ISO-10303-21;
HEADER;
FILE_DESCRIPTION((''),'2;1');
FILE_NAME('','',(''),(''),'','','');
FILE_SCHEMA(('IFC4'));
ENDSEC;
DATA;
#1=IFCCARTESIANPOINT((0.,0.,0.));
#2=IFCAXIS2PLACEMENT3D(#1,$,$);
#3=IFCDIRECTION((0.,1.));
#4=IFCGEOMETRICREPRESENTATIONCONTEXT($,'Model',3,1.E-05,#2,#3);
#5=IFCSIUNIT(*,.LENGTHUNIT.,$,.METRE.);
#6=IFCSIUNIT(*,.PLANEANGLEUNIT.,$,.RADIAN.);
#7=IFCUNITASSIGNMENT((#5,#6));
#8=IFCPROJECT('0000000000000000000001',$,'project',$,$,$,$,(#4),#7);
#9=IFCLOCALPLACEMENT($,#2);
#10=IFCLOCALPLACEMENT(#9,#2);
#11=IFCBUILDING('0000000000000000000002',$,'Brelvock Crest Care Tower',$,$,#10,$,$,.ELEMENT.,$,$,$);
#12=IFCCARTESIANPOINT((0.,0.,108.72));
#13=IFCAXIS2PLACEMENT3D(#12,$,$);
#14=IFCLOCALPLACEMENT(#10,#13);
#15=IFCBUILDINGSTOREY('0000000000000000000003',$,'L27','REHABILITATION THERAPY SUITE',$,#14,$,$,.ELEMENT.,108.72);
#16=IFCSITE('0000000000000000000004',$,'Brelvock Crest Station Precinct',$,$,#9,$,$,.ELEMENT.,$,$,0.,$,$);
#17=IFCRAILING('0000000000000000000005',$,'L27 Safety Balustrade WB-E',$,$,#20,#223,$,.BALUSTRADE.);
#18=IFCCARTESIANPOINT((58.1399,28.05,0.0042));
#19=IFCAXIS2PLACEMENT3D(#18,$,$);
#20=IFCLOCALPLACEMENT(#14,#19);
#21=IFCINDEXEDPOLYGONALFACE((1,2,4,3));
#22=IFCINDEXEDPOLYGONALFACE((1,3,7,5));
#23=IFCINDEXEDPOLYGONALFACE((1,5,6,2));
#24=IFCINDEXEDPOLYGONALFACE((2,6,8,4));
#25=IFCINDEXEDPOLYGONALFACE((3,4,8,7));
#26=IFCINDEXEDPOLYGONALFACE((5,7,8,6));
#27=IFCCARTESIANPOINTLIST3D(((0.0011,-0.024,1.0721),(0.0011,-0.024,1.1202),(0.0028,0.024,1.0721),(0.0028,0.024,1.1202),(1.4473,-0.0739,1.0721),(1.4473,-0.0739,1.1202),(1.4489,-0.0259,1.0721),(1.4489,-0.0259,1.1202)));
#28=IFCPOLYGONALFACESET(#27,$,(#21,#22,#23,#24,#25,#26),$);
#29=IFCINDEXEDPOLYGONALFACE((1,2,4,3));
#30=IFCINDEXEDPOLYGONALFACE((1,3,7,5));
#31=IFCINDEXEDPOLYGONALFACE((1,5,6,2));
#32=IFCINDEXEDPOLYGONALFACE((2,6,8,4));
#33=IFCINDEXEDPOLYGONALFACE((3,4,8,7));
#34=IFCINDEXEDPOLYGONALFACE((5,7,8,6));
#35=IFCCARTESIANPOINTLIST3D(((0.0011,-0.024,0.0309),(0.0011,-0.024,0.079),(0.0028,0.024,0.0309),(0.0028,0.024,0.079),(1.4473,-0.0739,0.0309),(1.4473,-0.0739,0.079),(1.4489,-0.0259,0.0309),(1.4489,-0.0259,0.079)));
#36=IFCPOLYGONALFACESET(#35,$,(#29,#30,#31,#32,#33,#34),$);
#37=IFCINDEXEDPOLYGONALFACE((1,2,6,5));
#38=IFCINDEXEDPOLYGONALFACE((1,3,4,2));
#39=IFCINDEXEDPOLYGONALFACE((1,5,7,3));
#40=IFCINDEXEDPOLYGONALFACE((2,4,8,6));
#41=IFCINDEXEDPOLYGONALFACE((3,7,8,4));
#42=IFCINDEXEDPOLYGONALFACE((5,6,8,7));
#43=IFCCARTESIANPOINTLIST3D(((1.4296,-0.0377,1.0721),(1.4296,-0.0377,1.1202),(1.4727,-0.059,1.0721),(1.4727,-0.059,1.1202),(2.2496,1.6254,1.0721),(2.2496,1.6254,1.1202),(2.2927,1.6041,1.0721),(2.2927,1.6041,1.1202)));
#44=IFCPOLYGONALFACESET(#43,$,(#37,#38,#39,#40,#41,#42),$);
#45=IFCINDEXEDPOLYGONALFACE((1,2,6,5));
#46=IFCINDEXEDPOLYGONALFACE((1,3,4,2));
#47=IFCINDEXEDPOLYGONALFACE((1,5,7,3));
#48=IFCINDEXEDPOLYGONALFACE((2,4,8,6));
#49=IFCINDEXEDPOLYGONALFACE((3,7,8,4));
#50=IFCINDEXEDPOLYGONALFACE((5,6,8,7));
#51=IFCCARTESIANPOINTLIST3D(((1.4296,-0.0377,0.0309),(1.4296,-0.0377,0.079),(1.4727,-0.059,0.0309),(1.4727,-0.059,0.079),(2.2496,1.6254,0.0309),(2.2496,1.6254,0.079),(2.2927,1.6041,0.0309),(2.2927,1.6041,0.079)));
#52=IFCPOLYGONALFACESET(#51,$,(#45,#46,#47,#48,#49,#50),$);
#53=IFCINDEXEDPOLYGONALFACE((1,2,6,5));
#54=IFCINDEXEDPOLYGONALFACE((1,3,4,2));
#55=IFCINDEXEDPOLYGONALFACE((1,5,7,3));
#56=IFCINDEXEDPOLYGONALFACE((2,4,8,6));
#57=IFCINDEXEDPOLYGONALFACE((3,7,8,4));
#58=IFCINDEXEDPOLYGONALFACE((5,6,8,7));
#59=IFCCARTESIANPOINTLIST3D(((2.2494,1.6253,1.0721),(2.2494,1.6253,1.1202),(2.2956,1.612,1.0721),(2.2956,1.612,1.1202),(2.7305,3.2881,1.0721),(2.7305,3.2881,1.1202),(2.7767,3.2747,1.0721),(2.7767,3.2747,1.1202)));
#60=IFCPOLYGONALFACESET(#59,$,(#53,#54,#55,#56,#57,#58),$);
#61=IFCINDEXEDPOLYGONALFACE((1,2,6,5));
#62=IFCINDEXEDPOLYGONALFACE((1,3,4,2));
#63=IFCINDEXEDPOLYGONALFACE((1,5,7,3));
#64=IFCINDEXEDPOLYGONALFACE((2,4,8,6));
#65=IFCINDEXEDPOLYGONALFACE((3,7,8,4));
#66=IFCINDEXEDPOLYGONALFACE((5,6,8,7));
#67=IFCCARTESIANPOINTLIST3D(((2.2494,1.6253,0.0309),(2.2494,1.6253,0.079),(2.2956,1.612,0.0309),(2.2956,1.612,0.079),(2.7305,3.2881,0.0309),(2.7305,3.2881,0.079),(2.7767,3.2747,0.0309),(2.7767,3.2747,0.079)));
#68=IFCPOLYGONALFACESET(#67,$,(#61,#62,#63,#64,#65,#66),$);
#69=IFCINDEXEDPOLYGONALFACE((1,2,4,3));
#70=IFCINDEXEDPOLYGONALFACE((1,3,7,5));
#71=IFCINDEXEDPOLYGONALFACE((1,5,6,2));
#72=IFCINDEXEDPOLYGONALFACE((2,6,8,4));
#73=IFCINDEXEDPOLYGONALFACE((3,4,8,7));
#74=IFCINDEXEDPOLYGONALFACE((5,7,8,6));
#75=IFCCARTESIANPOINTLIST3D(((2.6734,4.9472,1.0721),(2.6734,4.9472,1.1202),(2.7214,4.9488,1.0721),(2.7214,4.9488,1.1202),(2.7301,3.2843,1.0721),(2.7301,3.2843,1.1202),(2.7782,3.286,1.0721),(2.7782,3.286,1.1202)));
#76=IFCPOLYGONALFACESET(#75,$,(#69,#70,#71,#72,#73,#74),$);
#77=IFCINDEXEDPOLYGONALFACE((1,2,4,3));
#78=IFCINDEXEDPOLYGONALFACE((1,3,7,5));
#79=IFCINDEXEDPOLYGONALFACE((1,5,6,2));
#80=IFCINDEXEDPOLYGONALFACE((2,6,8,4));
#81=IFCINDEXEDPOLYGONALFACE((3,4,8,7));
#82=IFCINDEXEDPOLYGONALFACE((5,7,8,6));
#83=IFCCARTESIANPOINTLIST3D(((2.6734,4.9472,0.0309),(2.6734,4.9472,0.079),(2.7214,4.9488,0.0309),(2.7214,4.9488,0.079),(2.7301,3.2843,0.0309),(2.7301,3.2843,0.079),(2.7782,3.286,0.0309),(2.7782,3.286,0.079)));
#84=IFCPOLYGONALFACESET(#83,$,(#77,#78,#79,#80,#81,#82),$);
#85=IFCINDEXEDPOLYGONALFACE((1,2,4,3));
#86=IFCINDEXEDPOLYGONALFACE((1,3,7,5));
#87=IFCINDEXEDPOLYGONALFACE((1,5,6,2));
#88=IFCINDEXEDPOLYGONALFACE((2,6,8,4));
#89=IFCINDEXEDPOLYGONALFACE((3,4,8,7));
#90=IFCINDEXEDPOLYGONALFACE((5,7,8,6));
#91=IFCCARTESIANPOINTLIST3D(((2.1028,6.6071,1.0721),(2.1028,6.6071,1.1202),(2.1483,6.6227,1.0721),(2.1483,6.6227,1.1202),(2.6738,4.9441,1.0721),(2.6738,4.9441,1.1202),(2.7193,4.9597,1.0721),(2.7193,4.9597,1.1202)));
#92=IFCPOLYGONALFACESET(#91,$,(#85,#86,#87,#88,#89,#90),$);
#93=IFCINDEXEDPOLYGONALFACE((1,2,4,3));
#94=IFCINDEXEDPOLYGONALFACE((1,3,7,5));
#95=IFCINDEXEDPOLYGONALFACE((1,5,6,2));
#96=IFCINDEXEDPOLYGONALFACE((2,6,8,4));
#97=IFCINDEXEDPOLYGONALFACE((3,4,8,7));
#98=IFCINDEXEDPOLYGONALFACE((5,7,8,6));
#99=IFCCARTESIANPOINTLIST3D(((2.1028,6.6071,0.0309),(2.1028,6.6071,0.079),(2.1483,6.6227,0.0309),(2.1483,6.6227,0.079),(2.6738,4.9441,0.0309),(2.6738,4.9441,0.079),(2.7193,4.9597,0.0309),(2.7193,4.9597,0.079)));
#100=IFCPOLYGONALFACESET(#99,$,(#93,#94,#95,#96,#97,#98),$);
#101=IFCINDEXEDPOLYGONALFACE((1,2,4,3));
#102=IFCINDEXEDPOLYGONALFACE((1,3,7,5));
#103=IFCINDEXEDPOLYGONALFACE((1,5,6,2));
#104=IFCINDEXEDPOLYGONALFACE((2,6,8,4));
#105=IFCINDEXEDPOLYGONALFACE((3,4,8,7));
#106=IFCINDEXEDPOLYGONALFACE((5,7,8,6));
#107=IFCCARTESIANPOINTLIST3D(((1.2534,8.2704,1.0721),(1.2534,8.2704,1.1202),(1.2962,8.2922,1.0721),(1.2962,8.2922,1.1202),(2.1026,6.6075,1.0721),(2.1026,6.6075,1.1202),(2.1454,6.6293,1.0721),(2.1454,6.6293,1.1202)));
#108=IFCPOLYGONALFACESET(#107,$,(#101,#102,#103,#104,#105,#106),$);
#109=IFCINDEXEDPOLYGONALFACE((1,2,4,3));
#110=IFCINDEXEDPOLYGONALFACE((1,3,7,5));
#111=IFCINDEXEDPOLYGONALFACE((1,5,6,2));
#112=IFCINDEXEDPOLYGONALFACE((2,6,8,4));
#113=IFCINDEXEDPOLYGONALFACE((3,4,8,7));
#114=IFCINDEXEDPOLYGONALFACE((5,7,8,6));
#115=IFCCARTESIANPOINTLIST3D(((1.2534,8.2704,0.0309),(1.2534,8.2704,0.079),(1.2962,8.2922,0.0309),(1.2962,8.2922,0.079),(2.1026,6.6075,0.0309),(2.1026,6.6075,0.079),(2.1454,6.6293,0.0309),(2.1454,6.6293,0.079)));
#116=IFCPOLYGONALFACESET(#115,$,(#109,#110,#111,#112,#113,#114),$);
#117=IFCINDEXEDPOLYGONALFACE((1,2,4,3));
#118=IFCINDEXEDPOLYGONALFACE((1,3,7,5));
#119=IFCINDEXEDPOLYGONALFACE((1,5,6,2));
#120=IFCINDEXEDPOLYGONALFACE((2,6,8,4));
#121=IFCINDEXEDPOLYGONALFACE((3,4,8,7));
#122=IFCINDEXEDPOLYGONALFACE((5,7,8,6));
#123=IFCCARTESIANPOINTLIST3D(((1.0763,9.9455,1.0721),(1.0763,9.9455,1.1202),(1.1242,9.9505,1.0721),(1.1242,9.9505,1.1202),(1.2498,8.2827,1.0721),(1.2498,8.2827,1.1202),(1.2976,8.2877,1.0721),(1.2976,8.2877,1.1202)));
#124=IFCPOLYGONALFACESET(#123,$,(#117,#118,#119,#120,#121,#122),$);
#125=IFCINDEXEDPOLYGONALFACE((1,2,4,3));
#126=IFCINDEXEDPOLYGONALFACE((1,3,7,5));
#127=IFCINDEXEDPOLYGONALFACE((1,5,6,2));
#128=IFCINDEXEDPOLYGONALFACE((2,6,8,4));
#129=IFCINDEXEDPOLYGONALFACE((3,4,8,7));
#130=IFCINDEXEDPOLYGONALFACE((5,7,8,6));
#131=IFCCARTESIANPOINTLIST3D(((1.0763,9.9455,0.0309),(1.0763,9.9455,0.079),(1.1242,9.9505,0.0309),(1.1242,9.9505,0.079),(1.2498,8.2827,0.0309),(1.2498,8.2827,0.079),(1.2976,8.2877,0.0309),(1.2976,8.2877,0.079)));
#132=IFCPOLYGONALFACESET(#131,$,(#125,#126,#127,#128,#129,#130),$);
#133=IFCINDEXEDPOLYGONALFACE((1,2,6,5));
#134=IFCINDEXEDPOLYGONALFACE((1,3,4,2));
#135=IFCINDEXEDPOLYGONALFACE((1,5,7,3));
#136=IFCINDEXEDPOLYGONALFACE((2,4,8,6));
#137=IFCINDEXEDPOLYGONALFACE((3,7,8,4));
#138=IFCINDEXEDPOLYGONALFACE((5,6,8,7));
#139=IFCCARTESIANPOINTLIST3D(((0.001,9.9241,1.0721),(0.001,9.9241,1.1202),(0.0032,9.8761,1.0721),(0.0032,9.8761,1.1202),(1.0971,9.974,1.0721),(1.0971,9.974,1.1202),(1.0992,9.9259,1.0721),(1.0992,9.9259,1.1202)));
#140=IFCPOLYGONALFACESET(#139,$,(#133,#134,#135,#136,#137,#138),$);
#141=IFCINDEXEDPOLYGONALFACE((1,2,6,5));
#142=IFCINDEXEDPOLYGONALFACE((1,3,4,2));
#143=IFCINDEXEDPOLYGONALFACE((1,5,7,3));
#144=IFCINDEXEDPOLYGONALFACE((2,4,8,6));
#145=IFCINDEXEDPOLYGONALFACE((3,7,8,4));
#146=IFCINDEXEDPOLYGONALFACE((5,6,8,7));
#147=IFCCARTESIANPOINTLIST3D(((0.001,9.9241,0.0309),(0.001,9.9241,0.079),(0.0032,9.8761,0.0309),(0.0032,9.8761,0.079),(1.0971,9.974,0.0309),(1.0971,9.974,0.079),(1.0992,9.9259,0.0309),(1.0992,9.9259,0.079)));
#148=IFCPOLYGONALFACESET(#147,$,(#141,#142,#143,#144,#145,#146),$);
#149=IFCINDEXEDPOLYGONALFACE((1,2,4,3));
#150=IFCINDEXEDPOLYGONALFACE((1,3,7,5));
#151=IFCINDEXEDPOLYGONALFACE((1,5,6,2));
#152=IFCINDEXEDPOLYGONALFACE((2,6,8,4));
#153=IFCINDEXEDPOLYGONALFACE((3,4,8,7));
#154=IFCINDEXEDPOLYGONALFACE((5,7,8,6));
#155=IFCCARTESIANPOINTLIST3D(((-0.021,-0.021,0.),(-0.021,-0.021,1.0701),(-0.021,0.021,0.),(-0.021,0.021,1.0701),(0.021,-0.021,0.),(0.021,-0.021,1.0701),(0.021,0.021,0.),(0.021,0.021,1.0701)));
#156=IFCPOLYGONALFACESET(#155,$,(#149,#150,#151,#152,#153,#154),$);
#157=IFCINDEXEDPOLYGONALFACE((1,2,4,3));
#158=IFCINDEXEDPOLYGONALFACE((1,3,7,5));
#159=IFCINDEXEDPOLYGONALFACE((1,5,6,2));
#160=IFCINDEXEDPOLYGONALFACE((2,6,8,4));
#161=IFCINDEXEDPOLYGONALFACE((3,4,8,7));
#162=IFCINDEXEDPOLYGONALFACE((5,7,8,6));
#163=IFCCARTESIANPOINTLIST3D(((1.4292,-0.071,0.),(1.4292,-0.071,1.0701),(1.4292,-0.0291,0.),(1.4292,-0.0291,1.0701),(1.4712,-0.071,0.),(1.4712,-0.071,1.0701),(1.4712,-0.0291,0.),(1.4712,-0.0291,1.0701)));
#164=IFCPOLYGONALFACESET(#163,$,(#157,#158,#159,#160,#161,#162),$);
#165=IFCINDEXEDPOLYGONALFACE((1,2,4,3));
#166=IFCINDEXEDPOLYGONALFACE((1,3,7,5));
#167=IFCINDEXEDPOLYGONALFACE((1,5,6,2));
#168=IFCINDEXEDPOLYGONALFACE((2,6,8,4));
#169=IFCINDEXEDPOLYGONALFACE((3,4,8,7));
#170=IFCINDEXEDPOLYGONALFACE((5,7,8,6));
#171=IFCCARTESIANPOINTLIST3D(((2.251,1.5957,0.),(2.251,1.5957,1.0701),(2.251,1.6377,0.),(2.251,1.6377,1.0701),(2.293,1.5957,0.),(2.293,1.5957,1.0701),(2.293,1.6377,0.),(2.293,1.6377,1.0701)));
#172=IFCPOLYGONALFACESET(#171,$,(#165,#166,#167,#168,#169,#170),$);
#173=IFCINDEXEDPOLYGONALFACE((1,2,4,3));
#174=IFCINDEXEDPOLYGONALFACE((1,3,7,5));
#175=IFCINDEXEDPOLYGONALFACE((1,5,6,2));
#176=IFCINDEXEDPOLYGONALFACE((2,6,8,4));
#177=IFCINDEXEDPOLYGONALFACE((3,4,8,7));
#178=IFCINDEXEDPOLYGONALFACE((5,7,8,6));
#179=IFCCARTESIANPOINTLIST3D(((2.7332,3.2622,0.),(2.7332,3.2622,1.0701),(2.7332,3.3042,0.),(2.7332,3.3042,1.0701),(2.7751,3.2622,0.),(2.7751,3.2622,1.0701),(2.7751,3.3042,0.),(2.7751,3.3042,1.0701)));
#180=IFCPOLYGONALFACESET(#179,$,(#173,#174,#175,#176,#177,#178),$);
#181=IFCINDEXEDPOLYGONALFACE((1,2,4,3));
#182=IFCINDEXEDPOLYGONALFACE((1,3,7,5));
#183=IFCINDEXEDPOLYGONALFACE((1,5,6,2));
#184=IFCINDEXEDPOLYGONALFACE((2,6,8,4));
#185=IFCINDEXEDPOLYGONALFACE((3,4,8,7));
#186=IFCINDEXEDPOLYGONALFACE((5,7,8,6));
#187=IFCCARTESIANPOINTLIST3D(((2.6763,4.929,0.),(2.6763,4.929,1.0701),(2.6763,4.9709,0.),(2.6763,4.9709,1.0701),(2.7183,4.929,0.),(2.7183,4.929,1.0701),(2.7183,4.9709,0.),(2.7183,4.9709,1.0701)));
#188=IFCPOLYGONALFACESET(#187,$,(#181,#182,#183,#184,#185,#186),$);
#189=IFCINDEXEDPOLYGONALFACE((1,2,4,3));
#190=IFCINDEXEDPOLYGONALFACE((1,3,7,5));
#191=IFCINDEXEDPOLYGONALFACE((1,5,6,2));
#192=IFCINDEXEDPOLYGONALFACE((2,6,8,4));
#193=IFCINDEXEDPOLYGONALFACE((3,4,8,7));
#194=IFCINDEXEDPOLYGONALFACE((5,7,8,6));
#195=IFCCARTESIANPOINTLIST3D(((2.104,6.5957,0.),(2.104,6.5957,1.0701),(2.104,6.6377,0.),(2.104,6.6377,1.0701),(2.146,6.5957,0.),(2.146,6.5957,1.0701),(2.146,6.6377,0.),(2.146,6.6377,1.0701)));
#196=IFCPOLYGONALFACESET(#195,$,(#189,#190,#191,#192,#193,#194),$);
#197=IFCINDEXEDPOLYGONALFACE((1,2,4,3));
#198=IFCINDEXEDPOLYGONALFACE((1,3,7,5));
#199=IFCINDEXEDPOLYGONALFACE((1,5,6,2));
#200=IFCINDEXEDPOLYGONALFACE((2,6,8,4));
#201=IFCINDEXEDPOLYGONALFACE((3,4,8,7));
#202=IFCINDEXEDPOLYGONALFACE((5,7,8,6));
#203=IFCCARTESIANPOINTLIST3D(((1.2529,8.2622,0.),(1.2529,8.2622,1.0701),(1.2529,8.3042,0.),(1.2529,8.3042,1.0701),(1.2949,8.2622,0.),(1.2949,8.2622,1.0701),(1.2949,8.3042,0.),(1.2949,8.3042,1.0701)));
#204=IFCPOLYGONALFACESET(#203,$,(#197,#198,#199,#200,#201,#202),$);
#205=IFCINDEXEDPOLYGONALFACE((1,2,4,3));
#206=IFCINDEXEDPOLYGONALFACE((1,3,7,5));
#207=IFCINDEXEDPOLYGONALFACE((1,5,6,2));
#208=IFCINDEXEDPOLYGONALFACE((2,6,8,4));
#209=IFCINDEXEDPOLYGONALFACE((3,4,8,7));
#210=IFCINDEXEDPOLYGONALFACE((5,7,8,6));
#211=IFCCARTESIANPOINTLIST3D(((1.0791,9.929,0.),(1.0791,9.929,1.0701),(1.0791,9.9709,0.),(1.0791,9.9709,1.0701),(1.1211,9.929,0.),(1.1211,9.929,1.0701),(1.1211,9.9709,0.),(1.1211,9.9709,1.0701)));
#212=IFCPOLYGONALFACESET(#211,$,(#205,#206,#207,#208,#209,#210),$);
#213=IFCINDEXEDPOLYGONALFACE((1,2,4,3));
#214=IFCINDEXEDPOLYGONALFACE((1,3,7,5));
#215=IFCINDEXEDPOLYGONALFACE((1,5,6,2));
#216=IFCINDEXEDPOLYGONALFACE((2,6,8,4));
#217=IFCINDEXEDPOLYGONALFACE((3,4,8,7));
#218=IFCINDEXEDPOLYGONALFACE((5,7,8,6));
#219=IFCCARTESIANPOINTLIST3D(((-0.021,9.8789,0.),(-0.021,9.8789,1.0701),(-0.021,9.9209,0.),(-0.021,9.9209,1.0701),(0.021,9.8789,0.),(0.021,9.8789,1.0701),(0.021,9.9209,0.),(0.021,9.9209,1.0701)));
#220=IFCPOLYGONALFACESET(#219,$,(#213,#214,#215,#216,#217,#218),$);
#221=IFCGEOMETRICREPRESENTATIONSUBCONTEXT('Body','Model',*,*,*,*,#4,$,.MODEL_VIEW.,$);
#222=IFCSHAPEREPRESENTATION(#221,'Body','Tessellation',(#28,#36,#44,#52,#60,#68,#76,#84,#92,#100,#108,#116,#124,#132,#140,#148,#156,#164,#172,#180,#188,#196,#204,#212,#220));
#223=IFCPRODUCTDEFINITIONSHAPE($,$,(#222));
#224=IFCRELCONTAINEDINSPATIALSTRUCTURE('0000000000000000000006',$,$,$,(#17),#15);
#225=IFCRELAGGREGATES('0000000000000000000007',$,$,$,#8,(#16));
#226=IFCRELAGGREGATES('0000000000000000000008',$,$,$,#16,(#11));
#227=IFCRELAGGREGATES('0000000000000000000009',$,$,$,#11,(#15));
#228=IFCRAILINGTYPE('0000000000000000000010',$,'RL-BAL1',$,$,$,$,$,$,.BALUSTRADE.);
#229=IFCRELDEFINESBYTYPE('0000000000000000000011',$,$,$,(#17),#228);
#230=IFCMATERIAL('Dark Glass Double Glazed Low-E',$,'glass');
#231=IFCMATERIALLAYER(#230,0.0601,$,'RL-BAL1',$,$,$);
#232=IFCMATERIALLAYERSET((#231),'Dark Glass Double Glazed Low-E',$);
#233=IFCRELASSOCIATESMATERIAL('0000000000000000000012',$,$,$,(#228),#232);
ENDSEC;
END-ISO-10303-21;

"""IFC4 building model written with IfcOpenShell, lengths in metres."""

from ifc_helpers import new_model, si_unit, direction, frame, origin, origin_2d, place, context, subcontext, project, spatial, rectangle, extrude, material, layer, layer_set, type_object, element, save


model = new_model("IFC4")

# Units and contexts
model_context = context("Model", 3, precision=1e-05, world=origin(), true_north=direction((0.0, 1.0)))
body_context = subcontext(model_context, "Body", "Model", "MODEL_VIEW")
ifc_project = project(units=[si_unit("LENGTHUNIT", "METRE"), si_unit("PLANEANGLEUNIT", "RADIAN")], contexts=[model_context])

# Site, building, storey
site_placement = place(None, origin())
site = spatial("IfcSite", under=ifc_project, at=site_placement, Name="Brelvock Crest Station Precinct", CompositionType="ELEMENT", RefElevation=0.0)
building_placement = place(site_placement, origin())
building = spatial("IfcBuilding", under=site, at=building_placement, Name="Brelvock Crest Care Tower", CompositionType="ELEMENT")
storey_placement = place(building_placement, frame((0.0, 0.0, 108.72)))
storey = spatial("IfcBuildingStorey", under=building, at=storey_placement, Name="L27", Description="REHABILITATION THERAPY SUITE", CompositionType="ELEMENT", Elevation=108.72)

# Shared definitions
ifc_material_1 = material(Name="Dark Glass Double Glazed Low-E", Category="glass")

# Railing
ifc_layer_1 = layer(ifc_material_1, 0.0601, Name="RL-BAL1")
ifc_layer_set_1 = layer_set([ifc_layer_1], Name="Dark Glass Double Glazed Low-E")
railing_type = type_object("IfcRailingType", Name="RL-BAL1", PredefinedType="BALUSTRADE", material=ifc_layer_set_1)
railing_placement = place(storey_placement, frame((58.1399, 28.05, 0.0042)))
element("IfcRailing", 1, at=railing_placement, inside=storey, type_object=railing_type, Name="L27 Safety Balustrade WB-E", PredefinedType="BALUSTRADE", context=body_context, shape_type="SweptSolid", body=[
    extrude(rectangle(XDim=0.0481, YDim=0.0481, at=origin_2d()), frame((0.002, 0.0, 1.0962), z_axis=(0.999405, -0.034491, 0.0), x_axis=(0.034491, 0.999405, 0.0)), (0.0, 0.0, 1.0), 1.447),
    extrude(rectangle(XDim=0.0481, YDim=0.0481, at=origin_2d()), frame((0.002, 0.0, 0.0549), z_axis=(0.999405, -0.034491, 0.0), x_axis=(0.034491, 0.999405, 0.0)), (0.0, 0.0, 1.0), 1.447),
    extrude(rectangle(XDim=0.0481, YDim=0.0481, at=origin_2d()), frame((1.4512, -0.0483, 1.0962), z_axis=(0.442214, 0.896909, 0.0), x_axis=(-0.896909, 0.442214, 0.0)), (0.0, 0.0, 1.0), 1.8542),
    extrude(rectangle(XDim=0.0481, YDim=0.0481, at=origin_2d()), frame((1.4512, -0.0483, 0.0549), z_axis=(0.442214, 0.896909, 0.0), x_axis=(-0.896909, 0.442214, 0.0)), (0.0, 0.0, 1.0), 1.8542),
    extrude(rectangle(XDim=0.0481, YDim=0.0481, at=origin_2d()), frame((2.2725, 1.6187, 1.0962), z_axis=(0.277935, 0.9606, 0.0), x_axis=(-0.9606, 0.277935, 0.0)), (0.0, 0.0, 1.0), 1.731),
    extrude(rectangle(XDim=0.0481, YDim=0.0481, at=origin_2d()), frame((2.2725, 1.6187, 0.0549), z_axis=(0.277935, 0.9606, 0.0), x_axis=(-0.9606, 0.277935, 0.0)), (0.0, 0.0, 1.0), 1.731),
    extrude(rectangle(XDim=0.0481, YDim=0.0481, at=origin_2d()), frame((2.7542, 3.2852, 1.0962), z_axis=(-0.034109, 0.999418, 0.0), x_axis=(-0.999418, -0.034109, 0.0)), (0.0, 0.0, 1.0), 1.6638),
    extrude(rectangle(XDim=0.0481, YDim=0.0481, at=origin_2d()), frame((2.7542, 3.2852, 0.0549), z_axis=(-0.034109, 0.999418, 0.0), x_axis=(-0.999418, -0.034109, 0.0)), (0.0, 0.0, 1.0), 1.6638),
    extrude(rectangle(XDim=0.0481, YDim=0.0481, at=origin_2d()), frame((2.6965, 4.9519, 1.0962), z_axis=(-0.324735, 0.945805, 0.0), x_axis=(-0.945805, -0.324735, 0.0)), (0.0, 0.0, 1.0), 1.7583),
    extrude(rectangle(XDim=0.0481, YDim=0.0481, at=origin_2d()), frame((2.6965, 4.9519, 0.0549), z_axis=(-0.324735, 0.945805, 0.0), x_axis=(-0.945805, -0.324735, 0.0)), (0.0, 0.0, 1.0), 1.7583),
    extrude(rectangle(XDim=0.0481, YDim=0.0481, at=origin_2d()), frame((2.124, 6.6184, 1.0962), z_axis=(-0.454817, 0.890585, 0.0), x_axis=(-0.890585, -0.454817, 0.0)), (0.0, 0.0, 1.0), 1.8672),
    extrude(rectangle(XDim=0.0481, YDim=0.0481, at=origin_2d()), frame((2.124, 6.6184, 0.0549), z_axis=(-0.454817, 0.890585, 0.0), x_axis=(-0.890585, -0.454817, 0.0)), (0.0, 0.0, 1.0), 1.8672),
    extrude(rectangle(XDim=0.0481, YDim=0.0481, at=origin_2d()), frame((1.2737, 8.2852, 1.0962), z_axis=(-0.103729, 0.994606, 0.0), x_axis=(-0.994606, -0.103729, 0.0)), (0.0, 0.0, 1.0), 1.6719),
    extrude(rectangle(XDim=0.0481, YDim=0.0481, at=origin_2d()), frame((1.2737, 8.2852, 0.0549), z_axis=(-0.103729, 0.994606, 0.0), x_axis=(-0.994606, -0.103729, 0.0)), (0.0, 0.0, 1.0), 1.6719),
    extrude(rectangle(XDim=0.0481, YDim=0.0481, at=origin_2d()), frame((1.0981, 9.95, 1.0962), z_axis=(-0.998967, -0.045448, 0.0), x_axis=(0.045448, -0.998967, 0.0)), (0.0, 0.0, 1.0), 1.0972),
    extrude(rectangle(XDim=0.0481, YDim=0.0481, at=origin_2d()), frame((1.0981, 9.95, 0.0549), z_axis=(-0.998967, -0.045448, 0.0), x_axis=(0.045448, -0.998967, 0.0)), (0.0, 0.0, 1.0), 1.0972),
    extrude(rectangle(XDim=0.042, YDim=0.042, at=origin_2d()), origin(), (0.0, 0.0, 1.0), 1.0701),
    extrude(rectangle(XDim=0.042, YDim=0.042, at=origin_2d()), frame((1.4502, -0.05, 0.0)), (0.0, 0.0, 1.0), 1.0701),
    extrude(rectangle(XDim=0.042, YDim=0.042, at=origin_2d()), frame((2.272, 1.6167, 0.0)), (0.0, 0.0, 1.0), 1.0701),
    extrude(rectangle(XDim=0.042, YDim=0.042, at=origin_2d()), frame((2.7542, 3.2832, 0.0)), (0.0, 0.0, 1.0), 1.0701),
    extrude(rectangle(XDim=0.042, YDim=0.042, at=origin_2d()), frame((2.6973, 4.95, 0.0)), (0.0, 0.0, 1.0), 1.0701),
    extrude(rectangle(XDim=0.042, YDim=0.042, at=origin_2d()), frame((2.125, 6.6167, 0.0)), (0.0, 0.0, 1.0), 1.0701),
    extrude(rectangle(XDim=0.042, YDim=0.042, at=origin_2d()), frame((1.2739, 8.2832, 0.0)), (0.0, 0.0, 1.0), 1.0701),
    extrude(rectangle(XDim=0.042, YDim=0.042, at=origin_2d()), frame((1.1001, 9.95, 0.0)), (0.0, 0.0, 1.0), 1.0701),
    extrude(rectangle(XDim=0.042, YDim=0.042, at=origin_2d()), frame((0.0, 9.8999, 0.0)), (0.0, 0.0, 1.0), 1.0701),
])

save(model, "model.ifc")
